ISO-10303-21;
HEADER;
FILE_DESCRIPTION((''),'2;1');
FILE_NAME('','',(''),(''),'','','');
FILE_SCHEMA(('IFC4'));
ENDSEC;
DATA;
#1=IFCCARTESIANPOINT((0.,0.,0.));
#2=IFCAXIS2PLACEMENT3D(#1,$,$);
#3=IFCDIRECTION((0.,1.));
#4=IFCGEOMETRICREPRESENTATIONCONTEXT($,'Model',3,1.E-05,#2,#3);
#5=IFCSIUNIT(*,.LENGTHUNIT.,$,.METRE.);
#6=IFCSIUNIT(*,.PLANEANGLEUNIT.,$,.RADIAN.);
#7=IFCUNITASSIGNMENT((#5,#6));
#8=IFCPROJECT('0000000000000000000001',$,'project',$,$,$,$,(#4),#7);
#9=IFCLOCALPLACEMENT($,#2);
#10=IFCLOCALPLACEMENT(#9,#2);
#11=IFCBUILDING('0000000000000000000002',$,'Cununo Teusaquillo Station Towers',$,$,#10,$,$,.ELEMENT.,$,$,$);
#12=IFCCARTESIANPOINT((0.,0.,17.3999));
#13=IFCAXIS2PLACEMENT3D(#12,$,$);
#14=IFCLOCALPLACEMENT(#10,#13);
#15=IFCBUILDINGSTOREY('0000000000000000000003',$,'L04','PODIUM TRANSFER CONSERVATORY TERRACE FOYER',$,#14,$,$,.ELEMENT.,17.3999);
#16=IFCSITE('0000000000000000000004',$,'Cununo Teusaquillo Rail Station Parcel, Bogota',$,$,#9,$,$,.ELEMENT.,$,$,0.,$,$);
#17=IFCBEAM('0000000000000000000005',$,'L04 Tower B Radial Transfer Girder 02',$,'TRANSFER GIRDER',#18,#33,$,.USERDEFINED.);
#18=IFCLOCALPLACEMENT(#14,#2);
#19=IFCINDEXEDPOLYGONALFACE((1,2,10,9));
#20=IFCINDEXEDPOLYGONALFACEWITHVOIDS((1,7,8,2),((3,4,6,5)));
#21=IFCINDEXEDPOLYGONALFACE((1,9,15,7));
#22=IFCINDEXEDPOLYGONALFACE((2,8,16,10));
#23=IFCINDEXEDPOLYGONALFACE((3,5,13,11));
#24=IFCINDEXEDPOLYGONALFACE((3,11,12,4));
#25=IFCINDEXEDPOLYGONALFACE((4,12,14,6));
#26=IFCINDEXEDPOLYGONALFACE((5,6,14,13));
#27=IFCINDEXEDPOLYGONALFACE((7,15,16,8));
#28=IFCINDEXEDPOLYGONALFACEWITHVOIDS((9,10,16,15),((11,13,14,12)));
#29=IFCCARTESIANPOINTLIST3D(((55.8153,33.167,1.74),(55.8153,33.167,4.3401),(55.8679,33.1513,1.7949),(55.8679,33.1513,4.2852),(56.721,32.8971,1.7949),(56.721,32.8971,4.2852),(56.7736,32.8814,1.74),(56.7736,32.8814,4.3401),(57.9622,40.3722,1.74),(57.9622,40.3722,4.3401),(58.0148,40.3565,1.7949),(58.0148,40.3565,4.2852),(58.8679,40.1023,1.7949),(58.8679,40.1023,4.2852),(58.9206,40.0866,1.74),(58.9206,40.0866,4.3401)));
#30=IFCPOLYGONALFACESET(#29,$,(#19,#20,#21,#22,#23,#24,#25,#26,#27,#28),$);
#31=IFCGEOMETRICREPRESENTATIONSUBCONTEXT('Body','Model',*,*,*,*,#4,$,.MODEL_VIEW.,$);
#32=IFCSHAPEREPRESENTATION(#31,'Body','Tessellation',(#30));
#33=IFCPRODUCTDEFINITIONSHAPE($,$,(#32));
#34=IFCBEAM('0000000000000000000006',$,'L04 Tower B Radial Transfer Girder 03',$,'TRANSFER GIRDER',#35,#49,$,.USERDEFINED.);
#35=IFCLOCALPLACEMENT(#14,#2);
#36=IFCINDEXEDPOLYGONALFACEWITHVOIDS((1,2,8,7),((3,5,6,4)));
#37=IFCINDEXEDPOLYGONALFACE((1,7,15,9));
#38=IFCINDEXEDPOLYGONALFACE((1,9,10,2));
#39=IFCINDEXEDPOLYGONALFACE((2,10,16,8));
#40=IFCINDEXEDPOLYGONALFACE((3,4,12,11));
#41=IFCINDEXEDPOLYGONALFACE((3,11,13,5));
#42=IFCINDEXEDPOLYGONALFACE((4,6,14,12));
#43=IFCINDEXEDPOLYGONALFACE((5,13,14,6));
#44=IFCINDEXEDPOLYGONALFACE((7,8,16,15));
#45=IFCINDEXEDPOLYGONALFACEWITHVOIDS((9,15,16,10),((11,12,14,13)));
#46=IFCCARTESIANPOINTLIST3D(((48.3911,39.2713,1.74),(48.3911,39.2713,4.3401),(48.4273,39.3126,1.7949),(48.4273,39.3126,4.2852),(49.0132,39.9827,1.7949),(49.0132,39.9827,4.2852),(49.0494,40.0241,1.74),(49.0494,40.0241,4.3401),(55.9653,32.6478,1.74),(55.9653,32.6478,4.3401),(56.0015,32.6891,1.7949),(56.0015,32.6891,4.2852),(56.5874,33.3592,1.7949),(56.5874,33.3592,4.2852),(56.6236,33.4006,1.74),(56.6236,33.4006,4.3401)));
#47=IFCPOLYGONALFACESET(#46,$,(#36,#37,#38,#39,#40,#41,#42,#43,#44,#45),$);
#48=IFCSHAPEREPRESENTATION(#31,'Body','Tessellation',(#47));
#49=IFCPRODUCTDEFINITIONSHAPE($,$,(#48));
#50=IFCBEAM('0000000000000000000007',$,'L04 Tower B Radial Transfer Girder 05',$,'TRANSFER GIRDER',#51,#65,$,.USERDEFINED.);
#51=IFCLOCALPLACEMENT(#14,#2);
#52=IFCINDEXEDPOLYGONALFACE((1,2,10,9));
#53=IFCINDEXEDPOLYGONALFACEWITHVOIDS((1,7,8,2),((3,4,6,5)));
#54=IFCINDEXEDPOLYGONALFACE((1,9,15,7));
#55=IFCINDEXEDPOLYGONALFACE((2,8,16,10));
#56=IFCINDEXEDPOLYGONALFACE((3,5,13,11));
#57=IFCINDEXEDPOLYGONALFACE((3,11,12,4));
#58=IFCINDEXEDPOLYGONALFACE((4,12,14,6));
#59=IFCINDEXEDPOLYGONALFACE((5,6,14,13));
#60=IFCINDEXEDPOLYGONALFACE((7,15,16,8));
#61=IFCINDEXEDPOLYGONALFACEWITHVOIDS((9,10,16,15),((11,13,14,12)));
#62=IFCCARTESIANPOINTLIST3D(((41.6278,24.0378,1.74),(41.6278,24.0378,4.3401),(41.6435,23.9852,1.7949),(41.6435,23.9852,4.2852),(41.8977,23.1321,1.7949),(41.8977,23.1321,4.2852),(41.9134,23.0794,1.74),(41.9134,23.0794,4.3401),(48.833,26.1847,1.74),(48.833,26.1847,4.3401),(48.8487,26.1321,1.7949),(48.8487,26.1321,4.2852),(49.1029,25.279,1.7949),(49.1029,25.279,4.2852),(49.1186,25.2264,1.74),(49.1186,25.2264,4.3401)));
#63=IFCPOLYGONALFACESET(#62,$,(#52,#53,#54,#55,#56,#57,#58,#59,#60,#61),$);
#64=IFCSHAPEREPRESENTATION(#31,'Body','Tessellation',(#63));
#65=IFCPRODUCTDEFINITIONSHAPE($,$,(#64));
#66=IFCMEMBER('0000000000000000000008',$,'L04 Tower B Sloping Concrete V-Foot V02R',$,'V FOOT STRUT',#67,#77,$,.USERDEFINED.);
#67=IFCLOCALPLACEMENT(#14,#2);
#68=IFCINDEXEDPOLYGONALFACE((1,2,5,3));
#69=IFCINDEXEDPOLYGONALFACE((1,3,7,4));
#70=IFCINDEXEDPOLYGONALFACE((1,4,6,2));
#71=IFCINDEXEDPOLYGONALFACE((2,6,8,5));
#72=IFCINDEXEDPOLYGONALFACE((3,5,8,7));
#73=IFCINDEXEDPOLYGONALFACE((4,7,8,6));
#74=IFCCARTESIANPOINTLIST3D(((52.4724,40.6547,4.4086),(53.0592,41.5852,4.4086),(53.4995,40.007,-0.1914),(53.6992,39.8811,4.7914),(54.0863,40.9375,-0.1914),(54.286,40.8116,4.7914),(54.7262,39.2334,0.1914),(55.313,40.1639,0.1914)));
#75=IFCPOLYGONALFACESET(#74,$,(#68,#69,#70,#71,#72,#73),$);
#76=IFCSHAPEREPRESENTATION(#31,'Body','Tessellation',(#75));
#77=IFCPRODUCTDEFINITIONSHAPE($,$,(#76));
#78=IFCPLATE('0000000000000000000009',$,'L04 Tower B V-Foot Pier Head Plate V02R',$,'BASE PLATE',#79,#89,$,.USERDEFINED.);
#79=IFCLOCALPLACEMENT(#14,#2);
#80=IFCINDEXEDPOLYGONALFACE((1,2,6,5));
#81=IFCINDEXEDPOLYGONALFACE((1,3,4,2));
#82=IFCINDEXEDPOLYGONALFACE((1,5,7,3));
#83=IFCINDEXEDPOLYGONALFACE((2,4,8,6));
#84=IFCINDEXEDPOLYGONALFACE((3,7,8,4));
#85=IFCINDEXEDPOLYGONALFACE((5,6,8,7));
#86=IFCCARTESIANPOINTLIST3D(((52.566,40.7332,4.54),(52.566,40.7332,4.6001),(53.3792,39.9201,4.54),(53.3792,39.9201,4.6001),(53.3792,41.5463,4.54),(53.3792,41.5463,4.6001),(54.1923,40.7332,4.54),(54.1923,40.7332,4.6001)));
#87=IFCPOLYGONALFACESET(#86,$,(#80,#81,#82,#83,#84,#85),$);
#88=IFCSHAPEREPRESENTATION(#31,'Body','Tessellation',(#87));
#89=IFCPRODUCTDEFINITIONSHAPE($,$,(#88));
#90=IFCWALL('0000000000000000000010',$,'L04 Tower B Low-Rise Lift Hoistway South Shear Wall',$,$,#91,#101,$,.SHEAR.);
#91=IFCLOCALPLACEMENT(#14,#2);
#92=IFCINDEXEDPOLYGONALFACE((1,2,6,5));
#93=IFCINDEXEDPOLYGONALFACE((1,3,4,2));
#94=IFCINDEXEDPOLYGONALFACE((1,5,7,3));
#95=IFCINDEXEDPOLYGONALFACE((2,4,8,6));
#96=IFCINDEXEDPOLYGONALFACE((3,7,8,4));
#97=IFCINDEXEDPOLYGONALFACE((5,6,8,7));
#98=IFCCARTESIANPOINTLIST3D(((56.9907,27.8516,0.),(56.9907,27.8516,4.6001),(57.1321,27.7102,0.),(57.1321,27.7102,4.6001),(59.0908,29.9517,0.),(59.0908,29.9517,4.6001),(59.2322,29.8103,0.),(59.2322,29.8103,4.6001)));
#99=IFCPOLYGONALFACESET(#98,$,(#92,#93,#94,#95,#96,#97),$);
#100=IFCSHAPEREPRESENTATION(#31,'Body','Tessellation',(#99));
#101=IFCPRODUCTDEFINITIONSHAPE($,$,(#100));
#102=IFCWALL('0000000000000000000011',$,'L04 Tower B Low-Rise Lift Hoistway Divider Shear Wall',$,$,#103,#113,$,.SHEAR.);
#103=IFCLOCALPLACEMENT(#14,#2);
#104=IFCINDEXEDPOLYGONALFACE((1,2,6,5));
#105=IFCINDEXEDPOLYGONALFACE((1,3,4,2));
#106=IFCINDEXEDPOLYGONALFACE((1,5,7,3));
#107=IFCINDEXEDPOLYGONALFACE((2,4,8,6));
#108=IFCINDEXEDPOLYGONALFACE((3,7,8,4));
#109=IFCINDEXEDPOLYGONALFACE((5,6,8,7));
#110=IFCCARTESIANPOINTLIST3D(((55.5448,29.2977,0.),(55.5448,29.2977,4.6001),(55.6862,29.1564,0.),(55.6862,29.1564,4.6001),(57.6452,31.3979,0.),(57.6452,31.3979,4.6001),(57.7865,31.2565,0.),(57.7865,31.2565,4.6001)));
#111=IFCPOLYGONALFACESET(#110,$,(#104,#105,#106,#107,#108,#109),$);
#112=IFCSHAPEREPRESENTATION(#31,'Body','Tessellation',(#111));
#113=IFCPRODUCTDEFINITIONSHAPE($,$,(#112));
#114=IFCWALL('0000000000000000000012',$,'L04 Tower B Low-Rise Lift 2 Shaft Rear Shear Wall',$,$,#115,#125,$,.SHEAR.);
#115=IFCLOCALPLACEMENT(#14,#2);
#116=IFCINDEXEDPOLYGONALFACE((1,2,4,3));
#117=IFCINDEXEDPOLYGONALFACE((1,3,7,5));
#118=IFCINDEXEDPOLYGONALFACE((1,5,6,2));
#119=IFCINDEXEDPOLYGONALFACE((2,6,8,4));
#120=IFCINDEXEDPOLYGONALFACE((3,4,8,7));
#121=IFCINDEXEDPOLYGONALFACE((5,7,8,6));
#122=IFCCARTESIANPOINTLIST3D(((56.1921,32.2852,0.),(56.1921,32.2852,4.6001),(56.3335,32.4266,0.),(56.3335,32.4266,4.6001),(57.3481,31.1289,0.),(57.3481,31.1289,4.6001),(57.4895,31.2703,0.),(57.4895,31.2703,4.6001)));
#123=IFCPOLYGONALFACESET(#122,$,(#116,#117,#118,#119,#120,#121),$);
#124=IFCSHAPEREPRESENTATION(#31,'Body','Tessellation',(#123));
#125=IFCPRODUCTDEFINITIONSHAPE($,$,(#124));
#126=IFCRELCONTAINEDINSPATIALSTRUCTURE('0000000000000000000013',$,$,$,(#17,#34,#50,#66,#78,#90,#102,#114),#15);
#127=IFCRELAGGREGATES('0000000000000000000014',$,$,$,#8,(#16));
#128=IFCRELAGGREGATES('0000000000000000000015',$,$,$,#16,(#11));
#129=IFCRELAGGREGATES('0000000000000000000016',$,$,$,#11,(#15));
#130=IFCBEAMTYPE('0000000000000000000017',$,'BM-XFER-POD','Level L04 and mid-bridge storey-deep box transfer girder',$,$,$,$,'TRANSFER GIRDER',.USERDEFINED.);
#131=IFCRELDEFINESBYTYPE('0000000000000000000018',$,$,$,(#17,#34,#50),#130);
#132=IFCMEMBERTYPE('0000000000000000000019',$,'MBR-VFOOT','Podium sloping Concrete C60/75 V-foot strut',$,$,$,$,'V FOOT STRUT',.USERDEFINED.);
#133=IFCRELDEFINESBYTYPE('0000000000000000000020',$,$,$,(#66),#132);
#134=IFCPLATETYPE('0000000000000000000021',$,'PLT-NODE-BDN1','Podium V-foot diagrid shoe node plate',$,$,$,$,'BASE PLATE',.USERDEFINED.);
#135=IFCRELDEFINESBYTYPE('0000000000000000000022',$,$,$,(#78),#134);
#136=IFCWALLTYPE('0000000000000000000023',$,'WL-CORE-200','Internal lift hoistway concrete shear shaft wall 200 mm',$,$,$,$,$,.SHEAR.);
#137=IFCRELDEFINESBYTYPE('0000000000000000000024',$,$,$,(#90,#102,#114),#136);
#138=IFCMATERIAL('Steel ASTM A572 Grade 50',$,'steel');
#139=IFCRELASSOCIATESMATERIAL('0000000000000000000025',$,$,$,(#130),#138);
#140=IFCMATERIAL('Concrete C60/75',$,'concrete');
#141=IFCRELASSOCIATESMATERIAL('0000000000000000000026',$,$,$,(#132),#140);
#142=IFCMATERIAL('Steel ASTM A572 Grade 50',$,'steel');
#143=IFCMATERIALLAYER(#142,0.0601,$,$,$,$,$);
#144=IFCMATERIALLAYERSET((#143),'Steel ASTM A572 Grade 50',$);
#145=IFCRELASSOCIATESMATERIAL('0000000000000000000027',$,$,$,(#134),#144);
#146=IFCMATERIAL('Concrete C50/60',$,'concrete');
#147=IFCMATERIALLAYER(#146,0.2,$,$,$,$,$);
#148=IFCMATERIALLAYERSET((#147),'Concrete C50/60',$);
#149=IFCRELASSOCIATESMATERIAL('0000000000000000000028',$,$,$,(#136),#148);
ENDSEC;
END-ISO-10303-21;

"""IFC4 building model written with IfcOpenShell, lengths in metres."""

from ifc_helpers import new_model, si_unit, direction, frame, frame_2d, origin, origin_2d, place, context, subcontext, project, spatial, rectangle, hollow_rectangle, extrude, source, transform, mapped, material, layer, layer_set, material_profile, profile_set, type_object, element, save


model = new_model("IFC4")

# Units and contexts
model_context = context("Model", 3, precision=1e-05, world=origin(), true_north=direction((0.0, 1.0)))
body_context = subcontext(model_context, "Body", "Model", "MODEL_VIEW")
ifc_project = project(units=[si_unit("LENGTHUNIT", "METRE"), si_unit("PLANEANGLEUNIT", "RADIAN")], contexts=[model_context])

# Site, building, storey
site_placement = place(None, origin())
site = spatial("IfcSite", under=ifc_project, at=site_placement, Name="Cununo Teusaquillo Rail Station Parcel, Bogota", CompositionType="ELEMENT", RefElevation=0.0)
building_placement = place(site_placement, origin())
building = spatial("IfcBuilding", under=site, at=building_placement, Name="Cununo Teusaquillo Station Towers", CompositionType="ELEMENT")
storey_placement = place(building_placement, frame((0.0, 0.0, 17.3999)))
storey = spatial("IfcBuildingStorey", under=building, at=storey_placement, Name="L04", Description="PODIUM TRANSFER CONSERVATORY TERRACE FOYER", CompositionType="ELEMENT", Elevation=17.3999)

# Beams
ifc_material_1 = material(Name="Steel ASTM A572 Grade 50", Category="steel")
ifc_material_profile_1 = material_profile(ifc_material_1, hollow_rectangle(XDim=1.0, YDim=2.6001, WallThickness=0.0549, at=origin_2d()), Name="BOX 2600x1000x55")
ifc_profile_set_1 = profile_set([ifc_material_profile_1], Name="Steel ASTM A572 Grade 50")
beam_type_1 = type_object("IfcBeamType", Name="BM-XFER-POD", Description="Level L04 and mid-bridge storey-deep box transfer girder", ElementType="TRANSFER GIRDER", PredefinedType="USERDEFINED", material=ifc_profile_set_1)
beam_1_placement = place(storey_placement, frame((56.2944, 33.0242, 3.04), z_axis=(0.285563, 0.95836, 0.0), x_axis=(-0.95836, 0.285563, 0.0)))
element("IfcBeam", 1, at=beam_1_placement, inside=storey, type_object=beam_type_1, Name="L04 Tower B Radial Transfer Girder 02", ObjectType="TRANSFER GIRDER", PredefinedType="USERDEFINED", context=body_context, shape_type="SweptSolid", body=[
    extrude(hollow_rectangle(XDim=1.0, YDim=2.6001, WallThickness=0.0549, at=origin_2d()), origin(), (0.0, 0.0, 1.0), 7.5183),
])
beam_2_placement = place(storey_placement, frame((56.2944, 33.0242, 3.04), z_axis=(-0.752769, 0.658285, 0.0), x_axis=(-0.658285, -0.752769, 0.0)))
element("IfcBeam", 2, at=beam_2_placement, inside=storey, type_object=beam_type_1, Name="L04 Tower B Radial Transfer Girder 03", ObjectType="TRANSFER GIRDER", PredefinedType="USERDEFINED", context=body_context, shape_type="SweptSolid", body=[
    extrude(hollow_rectangle(XDim=1.0, YDim=2.6001, WallThickness=0.0549, at=origin_2d()), origin(), (0.0, 0.0, 1.0), 10.0618),
])
beam_3_placement = place(storey_placement, frame((48.9758, 25.7056, 3.04), z_axis=(-0.95836, -0.285563, 0.0), x_axis=(0.285563, -0.95836, 0.0)))
element("IfcBeam", 3, at=beam_3_placement, inside=storey, type_object=beam_type_1, Name="L04 Tower B Radial Transfer Girder 05", ObjectType="TRANSFER GIRDER", PredefinedType="USERDEFINED", context=body_context, shape_type="SweptSolid", body=[
    extrude(hollow_rectangle(XDim=1.0, YDim=2.6001, WallThickness=0.0549, at=origin_2d()), origin(), (0.0, 0.0, 1.0), 7.5183),
])

# Member
ifc_material_2 = material(Name="Concrete C60/75", Category="concrete")
ifc_material_profile_2 = material_profile(ifc_material_2, rectangle(XDim=1.1001, YDim=1.5, at=origin_2d()), Name="RC-RECT-1500x1100")
ifc_profile_set_2 = profile_set([ifc_material_profile_2], Name="Concrete C60/75")
member_type = type_object("IfcMemberType", Name="MBR-VFOOT", Description="Podium sloping Concrete C60/75 V-foot strut", ElementType="V FOOT STRUT", PredefinedType="USERDEFINED", material=ifc_profile_set_2)
member_placement = place(storey_placement, frame((54.4062, 40.0854, 0.0), z_axis=(-0.215883, 0.136139, 0.966882), x_axis=(-0.53341, -0.845857, 0.0)))
element("IfcMember", 4, at=member_placement, inside=storey, type_object=member_type, Name="L04 Tower B Sloping Concrete V-Foot V02R", ObjectType="V FOOT STRUT", PredefinedType="USERDEFINED", context=body_context, shape_type="SweptSolid", body=[
    extrude(rectangle(XDim=1.1001, YDim=1.5, at=origin_2d()), origin(), (0.0, 0.0, 1.0), 4.7576),
])

# Plate
ifc_material_3 = material(Name="Steel ASTM A572 Grade 50", Category="steel")
ifc_layer_1 = layer(ifc_material_3, 0.0601)
ifc_layer_set_1 = layer_set([ifc_layer_1], Name="Steel ASTM A572 Grade 50")
plate_type = type_object("IfcPlateType", Name="PLT-NODE-BDN1", Description="Podium V-foot diagrid shoe node plate", ElementType="BASE PLATE", PredefinedType="USERDEFINED", material=ifc_layer_set_1)
shared_shape_1 = source(origin(), body_context, "Body", "SweptSolid", [
    extrude(rectangle(XDim=1.1499, YDim=1.1499, at=origin_2d()), origin(), (0.0, 0.0, 1.0), 0.0601),
])
plate_placement = place(storey_placement, frame((53.3792, 40.7332, 4.54), z_axis=(0.0, 0.0, 1.0), x_axis=(0.707107, 0.707107, 0.0)))
element("IfcPlate", 5, at=plate_placement, inside=storey, type_object=plate_type, Name="L04 Tower B V-Foot Pier Head Plate V02R", ObjectType="BASE PLATE", PredefinedType="USERDEFINED", context=body_context, shape_type="MappedRepresentation", body=[
    mapped(shared_shape_1, transform((0.0, 0.0, 0.0), x_axis=(1.0, 0.0, 0.0), y_axis=(0.0, 1.0, 0.0), z_axis=(0.0, 0.0, 1.0), scale=1.0)),
])

# Walls
ifc_material_4 = material(Name="Concrete C50/60", Category="concrete")
ifc_layer_2 = layer(ifc_material_4, 0.2)
ifc_layer_set_2 = layer_set([ifc_layer_2], Name="Concrete C50/60")
wall_type_1 = type_object("IfcWallType", Name="WL-CORE-200", Description="Internal lift hoistway concrete shear shaft wall 200 mm", PredefinedType="SHEAR", material=ifc_layer_set_2)
wall_1_placement = place(storey_placement, frame((57.0615, 27.781, 0.0), z_axis=(0.0, 0.0, 1.0), x_axis=(0.707107, 0.707107, 0.0)))
element("IfcWall", 6, at=wall_1_placement, inside=storey, type_object=wall_type_1, Name="L04 Tower B Low-Rise Lift Hoistway South Shear Wall", PredefinedType="SHEAR", context=body_context, shape_type="SweptSolid", body=[
    extrude(rectangle(XDim=2.97, YDim=0.2, at=frame_2d((1.4849, 0.0))), origin(), (0.0, 0.0, 1.0), 4.6001),
])
wall_2_placement = place(storey_placement, frame((55.6155, 29.2271, 0.0), z_axis=(0.0, 0.0, 1.0), x_axis=(0.707148, 0.707066, 0.0)))
element("IfcWall", 7, at=wall_2_placement, inside=storey, type_object=wall_type_1, Name="L04 Tower B Low-Rise Lift Hoistway Divider Shear Wall", PredefinedType="SHEAR", context=body_context, shape_type="SweptSolid", body=[
    extrude(rectangle(XDim=2.9702, YDim=0.2, at=frame_2d((1.4851, 0.0))), origin(), (0.0, 0.0, 1.0), 4.6001),
])
wall_3_placement = place(storey_placement, frame((57.4187, 31.1997, 0.0), z_axis=(0.0, 0.0, 1.0), x_axis=(-0.707032, 0.707181, 0.0)))
element("IfcWall", 8, at=wall_3_placement, inside=storey, type_object=wall_type_1, Name="L04 Tower B Low-Rise Lift 2 Shaft Rear Shear Wall", PredefinedType="SHEAR", context=body_context, shape_type="SweptSolid", body=[
    extrude(rectangle(XDim=1.635, YDim=0.2, at=frame_2d((0.8174, 0.0))), origin(), (0.0, 0.0, 1.0), 4.6001),
])

save(model, "model.ifc")
